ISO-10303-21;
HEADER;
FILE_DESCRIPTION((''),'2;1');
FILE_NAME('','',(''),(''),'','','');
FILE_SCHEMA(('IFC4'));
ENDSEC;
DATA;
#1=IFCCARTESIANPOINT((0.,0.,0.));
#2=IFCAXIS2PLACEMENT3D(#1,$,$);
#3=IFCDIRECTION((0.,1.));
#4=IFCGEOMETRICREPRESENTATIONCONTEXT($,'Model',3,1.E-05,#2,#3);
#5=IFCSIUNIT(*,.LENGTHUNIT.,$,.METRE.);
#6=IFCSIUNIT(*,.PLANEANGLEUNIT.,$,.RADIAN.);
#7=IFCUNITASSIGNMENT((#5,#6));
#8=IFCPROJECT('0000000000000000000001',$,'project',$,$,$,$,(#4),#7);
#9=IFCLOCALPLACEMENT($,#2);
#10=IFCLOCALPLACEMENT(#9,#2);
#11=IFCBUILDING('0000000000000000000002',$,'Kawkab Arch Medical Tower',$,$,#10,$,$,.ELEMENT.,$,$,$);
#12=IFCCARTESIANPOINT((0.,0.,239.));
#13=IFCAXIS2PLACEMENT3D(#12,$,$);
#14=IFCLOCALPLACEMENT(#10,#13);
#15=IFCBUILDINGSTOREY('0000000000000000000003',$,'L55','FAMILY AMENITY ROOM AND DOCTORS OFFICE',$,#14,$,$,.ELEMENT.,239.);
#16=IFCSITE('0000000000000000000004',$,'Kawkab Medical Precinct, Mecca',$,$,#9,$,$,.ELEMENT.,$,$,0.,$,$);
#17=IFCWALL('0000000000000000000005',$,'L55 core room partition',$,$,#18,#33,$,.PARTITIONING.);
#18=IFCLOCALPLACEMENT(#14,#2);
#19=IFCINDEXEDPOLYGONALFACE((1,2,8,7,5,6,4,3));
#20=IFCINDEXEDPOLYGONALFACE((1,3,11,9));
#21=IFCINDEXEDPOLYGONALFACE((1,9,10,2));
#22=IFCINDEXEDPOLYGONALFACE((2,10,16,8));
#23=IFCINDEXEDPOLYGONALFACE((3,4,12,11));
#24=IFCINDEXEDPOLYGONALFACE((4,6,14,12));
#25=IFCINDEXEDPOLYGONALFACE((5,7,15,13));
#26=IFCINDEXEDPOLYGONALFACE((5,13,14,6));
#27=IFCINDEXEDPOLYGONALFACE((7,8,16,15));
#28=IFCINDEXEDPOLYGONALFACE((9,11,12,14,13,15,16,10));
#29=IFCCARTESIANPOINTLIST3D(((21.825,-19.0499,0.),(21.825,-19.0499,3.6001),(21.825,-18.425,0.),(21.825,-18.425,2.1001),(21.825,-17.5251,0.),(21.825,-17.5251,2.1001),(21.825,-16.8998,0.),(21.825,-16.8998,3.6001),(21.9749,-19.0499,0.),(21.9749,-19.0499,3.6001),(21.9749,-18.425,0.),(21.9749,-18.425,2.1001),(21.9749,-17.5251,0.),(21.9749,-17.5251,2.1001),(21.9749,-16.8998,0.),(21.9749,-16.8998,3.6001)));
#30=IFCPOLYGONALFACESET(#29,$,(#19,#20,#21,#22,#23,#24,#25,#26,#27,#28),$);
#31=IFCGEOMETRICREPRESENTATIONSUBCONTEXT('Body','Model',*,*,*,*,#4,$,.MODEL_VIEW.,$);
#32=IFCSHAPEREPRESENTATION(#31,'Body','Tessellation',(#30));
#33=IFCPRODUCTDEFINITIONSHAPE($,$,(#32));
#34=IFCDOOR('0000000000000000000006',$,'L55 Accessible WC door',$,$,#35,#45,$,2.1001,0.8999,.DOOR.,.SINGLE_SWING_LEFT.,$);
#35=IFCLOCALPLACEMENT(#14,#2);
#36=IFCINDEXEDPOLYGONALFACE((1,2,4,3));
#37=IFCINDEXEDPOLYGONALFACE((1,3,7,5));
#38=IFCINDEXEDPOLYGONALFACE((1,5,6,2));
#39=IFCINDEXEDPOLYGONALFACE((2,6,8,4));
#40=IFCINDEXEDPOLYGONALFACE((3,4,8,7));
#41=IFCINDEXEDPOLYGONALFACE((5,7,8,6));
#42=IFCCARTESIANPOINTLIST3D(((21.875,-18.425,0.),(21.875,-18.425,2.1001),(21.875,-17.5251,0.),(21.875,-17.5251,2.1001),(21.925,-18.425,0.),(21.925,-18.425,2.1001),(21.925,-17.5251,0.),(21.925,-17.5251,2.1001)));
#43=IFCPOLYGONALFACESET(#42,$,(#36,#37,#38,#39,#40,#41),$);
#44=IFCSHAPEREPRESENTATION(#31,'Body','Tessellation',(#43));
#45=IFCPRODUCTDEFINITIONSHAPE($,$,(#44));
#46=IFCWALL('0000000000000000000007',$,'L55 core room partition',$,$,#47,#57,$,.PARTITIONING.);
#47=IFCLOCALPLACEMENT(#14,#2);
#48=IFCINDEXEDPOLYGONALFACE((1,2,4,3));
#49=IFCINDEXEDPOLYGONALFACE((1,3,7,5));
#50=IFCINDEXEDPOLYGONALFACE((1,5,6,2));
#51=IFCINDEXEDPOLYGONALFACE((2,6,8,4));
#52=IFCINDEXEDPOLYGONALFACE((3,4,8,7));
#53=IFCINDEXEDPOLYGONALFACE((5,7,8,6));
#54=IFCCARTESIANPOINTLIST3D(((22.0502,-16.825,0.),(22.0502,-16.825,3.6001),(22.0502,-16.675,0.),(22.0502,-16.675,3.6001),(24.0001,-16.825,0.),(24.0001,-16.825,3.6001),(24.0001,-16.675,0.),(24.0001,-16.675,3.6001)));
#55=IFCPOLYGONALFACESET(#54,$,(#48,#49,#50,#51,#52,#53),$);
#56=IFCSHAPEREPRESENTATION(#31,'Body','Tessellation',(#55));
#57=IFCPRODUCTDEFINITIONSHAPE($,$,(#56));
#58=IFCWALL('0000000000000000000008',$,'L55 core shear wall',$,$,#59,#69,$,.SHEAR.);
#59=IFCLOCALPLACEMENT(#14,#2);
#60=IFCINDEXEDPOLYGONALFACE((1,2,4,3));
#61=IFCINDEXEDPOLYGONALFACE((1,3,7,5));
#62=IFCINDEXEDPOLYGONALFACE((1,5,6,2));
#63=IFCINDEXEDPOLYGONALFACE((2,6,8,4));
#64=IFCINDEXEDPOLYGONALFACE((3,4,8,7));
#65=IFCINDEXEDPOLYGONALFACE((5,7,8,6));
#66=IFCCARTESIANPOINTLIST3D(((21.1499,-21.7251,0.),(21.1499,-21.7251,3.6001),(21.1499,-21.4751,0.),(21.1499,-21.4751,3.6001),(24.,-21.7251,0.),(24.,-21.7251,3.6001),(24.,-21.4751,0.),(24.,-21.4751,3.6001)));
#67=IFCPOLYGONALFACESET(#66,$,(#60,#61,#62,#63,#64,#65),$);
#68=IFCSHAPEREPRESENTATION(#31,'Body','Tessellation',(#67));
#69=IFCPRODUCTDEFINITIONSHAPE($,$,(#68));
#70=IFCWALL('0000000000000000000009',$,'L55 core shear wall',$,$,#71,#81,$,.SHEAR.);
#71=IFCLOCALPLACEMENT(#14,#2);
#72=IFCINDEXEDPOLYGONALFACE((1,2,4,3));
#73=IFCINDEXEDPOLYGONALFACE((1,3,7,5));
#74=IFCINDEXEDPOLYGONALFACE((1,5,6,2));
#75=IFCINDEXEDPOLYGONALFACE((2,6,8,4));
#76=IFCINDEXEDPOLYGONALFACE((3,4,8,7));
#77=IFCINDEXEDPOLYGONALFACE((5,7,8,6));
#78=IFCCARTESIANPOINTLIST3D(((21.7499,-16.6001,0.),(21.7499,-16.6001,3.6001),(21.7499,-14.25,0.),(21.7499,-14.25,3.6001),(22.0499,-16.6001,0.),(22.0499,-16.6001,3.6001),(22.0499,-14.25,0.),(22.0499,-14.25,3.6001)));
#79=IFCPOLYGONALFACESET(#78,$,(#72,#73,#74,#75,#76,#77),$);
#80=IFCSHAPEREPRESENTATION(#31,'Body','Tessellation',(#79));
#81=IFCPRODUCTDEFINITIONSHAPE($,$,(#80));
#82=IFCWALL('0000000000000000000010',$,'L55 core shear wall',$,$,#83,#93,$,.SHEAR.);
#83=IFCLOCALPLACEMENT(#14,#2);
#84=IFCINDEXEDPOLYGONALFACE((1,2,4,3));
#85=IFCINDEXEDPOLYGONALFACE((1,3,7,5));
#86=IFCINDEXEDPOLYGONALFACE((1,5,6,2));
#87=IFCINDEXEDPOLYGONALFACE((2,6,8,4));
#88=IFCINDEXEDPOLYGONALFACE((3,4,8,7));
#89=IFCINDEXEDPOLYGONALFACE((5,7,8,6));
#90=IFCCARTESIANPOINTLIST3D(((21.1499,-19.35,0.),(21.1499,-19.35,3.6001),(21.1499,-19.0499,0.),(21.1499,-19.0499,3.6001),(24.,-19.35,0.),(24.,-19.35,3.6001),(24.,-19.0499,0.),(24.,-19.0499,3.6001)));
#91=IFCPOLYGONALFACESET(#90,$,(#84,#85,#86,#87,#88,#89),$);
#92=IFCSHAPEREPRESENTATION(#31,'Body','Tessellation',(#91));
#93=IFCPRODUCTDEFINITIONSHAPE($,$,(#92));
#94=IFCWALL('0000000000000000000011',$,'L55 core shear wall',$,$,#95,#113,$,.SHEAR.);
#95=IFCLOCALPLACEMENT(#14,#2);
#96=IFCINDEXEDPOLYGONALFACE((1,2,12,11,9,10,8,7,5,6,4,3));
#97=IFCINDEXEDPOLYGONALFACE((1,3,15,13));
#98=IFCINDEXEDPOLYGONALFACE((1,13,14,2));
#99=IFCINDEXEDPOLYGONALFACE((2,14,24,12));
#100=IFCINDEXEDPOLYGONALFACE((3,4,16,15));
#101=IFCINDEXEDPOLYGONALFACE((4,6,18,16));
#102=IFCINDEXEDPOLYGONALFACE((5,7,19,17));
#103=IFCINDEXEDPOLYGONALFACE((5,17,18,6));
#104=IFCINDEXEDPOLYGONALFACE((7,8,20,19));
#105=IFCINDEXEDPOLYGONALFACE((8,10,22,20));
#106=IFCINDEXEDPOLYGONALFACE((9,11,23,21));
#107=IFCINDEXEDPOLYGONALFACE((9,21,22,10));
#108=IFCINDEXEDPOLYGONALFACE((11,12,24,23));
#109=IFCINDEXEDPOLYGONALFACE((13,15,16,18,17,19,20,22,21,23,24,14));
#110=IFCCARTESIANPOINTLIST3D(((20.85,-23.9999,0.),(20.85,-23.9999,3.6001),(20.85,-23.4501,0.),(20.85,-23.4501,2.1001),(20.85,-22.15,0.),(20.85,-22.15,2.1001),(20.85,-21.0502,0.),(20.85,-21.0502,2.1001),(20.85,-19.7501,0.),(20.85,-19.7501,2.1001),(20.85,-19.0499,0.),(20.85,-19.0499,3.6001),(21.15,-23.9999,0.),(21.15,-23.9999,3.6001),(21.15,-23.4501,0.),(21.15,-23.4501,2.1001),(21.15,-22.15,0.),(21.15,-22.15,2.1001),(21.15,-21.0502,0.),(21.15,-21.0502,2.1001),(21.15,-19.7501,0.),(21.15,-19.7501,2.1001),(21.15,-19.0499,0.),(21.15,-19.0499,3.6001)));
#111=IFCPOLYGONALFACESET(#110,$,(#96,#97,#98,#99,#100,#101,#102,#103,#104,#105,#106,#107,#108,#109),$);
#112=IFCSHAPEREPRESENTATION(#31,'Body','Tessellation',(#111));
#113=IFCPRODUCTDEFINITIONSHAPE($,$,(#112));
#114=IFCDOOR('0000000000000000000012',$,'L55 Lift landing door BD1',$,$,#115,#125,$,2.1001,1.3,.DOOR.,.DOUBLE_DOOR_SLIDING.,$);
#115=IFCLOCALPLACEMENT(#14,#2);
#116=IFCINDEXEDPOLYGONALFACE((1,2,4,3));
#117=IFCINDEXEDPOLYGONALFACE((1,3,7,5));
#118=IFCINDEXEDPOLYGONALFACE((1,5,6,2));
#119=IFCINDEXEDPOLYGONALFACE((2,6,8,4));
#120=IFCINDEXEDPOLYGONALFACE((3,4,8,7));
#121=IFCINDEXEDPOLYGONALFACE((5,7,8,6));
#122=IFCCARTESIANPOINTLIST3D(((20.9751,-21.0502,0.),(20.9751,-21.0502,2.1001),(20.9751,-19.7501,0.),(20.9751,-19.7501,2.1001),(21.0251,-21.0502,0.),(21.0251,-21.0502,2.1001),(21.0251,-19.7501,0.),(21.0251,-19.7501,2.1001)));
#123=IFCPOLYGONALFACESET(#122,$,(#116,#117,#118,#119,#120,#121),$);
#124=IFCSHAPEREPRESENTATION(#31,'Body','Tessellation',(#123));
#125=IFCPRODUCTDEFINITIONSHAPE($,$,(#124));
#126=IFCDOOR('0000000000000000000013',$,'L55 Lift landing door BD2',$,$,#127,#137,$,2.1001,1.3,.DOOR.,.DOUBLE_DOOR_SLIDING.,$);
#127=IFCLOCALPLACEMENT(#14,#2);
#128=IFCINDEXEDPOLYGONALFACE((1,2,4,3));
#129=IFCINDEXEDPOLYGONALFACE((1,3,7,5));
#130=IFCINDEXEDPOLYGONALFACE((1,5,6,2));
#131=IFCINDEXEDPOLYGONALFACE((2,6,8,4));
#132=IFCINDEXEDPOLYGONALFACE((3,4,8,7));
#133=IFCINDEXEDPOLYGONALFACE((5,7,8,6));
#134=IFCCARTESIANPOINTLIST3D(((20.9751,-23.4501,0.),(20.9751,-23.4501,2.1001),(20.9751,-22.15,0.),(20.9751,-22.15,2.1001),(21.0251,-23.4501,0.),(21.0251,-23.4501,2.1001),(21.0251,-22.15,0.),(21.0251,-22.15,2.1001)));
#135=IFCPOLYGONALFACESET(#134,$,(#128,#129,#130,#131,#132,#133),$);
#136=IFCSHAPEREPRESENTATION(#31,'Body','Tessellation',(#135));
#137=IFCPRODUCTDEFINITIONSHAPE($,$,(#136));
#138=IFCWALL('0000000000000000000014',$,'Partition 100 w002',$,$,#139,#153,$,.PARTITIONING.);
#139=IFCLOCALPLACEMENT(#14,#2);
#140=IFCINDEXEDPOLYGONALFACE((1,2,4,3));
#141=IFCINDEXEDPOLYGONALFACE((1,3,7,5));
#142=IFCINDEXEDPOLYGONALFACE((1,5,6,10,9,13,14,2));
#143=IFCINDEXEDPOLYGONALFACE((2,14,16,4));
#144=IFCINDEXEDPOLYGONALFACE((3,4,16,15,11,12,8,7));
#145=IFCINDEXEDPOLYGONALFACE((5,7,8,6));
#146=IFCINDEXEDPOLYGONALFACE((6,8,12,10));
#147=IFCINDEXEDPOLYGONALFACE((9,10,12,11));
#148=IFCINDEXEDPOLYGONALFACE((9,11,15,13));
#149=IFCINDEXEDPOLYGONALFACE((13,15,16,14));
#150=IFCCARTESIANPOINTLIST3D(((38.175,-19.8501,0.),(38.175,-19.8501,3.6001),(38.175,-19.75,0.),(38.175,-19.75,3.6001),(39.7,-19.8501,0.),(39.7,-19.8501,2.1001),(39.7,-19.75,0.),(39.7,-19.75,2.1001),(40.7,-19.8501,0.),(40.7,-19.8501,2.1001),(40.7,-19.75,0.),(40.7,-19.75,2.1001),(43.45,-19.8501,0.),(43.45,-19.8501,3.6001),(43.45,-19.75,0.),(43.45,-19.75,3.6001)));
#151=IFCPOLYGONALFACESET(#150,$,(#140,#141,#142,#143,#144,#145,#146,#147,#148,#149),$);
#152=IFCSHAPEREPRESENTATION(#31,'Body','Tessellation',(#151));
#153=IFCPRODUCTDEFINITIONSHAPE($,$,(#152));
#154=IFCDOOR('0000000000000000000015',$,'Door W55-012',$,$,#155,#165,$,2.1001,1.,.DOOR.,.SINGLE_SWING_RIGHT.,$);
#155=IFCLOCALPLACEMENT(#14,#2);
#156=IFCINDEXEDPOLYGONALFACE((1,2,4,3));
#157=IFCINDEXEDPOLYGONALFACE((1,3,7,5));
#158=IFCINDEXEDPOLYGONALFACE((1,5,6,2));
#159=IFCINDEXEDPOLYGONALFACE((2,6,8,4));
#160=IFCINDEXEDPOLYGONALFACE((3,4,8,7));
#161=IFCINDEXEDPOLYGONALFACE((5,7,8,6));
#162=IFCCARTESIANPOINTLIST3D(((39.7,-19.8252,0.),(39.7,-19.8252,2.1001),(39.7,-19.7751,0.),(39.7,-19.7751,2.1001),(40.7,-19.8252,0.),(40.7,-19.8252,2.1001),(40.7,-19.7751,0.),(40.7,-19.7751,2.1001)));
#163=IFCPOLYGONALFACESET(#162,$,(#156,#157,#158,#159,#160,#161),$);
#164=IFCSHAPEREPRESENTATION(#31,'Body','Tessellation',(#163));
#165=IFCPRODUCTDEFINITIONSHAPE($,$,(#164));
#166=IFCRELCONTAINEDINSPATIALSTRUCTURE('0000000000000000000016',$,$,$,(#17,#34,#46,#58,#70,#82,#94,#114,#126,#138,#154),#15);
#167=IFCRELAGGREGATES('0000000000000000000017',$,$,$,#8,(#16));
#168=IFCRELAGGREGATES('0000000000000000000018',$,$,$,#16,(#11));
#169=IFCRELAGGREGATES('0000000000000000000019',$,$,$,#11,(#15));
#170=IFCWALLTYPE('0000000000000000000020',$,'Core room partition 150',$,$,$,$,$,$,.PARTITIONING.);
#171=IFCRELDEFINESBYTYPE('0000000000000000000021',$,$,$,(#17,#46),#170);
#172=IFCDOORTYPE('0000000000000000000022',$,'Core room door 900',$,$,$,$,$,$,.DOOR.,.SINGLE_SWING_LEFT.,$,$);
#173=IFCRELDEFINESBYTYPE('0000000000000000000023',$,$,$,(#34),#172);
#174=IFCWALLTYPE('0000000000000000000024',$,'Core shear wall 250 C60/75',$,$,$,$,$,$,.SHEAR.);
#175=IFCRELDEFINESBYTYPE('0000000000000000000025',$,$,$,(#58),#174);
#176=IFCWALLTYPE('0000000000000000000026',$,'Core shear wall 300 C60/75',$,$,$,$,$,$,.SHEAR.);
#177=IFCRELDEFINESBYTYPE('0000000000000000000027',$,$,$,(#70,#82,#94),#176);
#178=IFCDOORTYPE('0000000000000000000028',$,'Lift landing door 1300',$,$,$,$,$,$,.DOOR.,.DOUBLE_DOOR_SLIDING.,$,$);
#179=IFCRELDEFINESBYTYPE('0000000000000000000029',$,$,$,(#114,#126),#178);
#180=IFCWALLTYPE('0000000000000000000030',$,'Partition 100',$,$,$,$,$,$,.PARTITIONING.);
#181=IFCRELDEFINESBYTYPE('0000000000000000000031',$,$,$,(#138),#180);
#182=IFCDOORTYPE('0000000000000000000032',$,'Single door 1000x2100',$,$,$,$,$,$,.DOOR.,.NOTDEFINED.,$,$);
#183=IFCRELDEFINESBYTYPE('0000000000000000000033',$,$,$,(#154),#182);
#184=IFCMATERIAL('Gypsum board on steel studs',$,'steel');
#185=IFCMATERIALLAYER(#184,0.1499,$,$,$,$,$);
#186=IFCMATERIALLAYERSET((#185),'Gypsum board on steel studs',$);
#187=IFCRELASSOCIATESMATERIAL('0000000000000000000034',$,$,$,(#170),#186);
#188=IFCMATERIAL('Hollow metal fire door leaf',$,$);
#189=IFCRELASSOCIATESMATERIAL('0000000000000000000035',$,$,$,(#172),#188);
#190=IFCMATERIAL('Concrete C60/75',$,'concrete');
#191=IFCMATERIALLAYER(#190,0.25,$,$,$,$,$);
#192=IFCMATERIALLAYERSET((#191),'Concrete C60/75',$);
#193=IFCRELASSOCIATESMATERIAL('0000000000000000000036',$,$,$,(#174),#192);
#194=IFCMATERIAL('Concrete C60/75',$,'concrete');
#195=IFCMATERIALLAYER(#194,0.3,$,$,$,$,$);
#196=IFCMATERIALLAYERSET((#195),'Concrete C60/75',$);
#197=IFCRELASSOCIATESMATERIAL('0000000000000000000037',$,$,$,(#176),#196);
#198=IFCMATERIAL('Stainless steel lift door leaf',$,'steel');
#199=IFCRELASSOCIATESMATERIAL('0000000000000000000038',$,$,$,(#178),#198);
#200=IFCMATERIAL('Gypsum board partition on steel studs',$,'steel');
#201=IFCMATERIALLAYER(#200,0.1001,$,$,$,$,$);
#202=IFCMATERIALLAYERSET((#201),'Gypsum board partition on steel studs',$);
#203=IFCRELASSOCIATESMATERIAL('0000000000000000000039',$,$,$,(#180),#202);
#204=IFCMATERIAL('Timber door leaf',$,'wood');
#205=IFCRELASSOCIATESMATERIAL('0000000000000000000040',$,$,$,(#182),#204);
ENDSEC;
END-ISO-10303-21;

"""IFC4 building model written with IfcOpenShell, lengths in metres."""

from ifc_helpers import new_model, si_unit, direction, frame, frame_2d, origin, place, context, subcontext, project, spatial, rectangle, extrude, material, layer, layer_set, type_object, element, fill, save


model = new_model("IFC4")

# Units and contexts
model_context = context("Model", 3, precision=1e-05, world=origin(), true_north=direction((0.0, 1.0)))
body_context = subcontext(model_context, "Body", "Model", "MODEL_VIEW")
ifc_project = project(units=[si_unit("LENGTHUNIT", "METRE"), si_unit("PLANEANGLEUNIT", "RADIAN")], contexts=[model_context])

# Site, building, storey
site_placement = place(None, origin())
site = spatial("IfcSite", under=ifc_project, at=site_placement, Name="Kawkab Medical Precinct, Mecca", CompositionType="ELEMENT", RefElevation=0.0)
building_placement = place(site_placement, origin())
building = spatial("IfcBuilding", under=site, at=building_placement, Name="Kawkab Arch Medical Tower", CompositionType="ELEMENT")
storey_placement = place(building_placement, frame((0.0, 0.0, 239.0)))
storey = spatial("IfcBuildingStorey", under=building, at=storey_placement, Name="L55", Description="FAMILY AMENITY ROOM AND DOCTORS OFFICE", CompositionType="ELEMENT", Elevation=239.0)

# Wall, opening, door
ifc_material_1 = material(Name="Gypsum board on steel studs", Category="steel")
ifc_layer_1 = layer(ifc_material_1, 0.1499)
ifc_layer_set_1 = layer_set([ifc_layer_1], Name="Gypsum board on steel studs")
wall_type_1 = type_object("IfcWallType", Name="Core room partition 150", PredefinedType="PARTITIONING", material=ifc_layer_set_1)
wall_1_placement = place(storey_placement, frame((21.8999, -19.05, 0.0), z_axis=(0.0, 0.0, 1.0), x_axis=(0.0, 1.0, 0.0)))
wall_1 = element("IfcWall", 1, at=wall_1_placement, inside=storey, type_object=wall_type_1, Name="L55 core room partition", PredefinedType="PARTITIONING", context=body_context, shape_type="SweptSolid", body=[
    extrude(rectangle(XDim=2.1501, YDim=0.1499, at=frame_2d((1.0752, 0.0))), origin(), (0.0, 0.0, 1.0), 3.6001),
])
opening_1_placement = place(wall_1_placement, frame((0.625, 0.0, 0.0)))
opening_1 = element("IfcOpeningElement", 2, at=opening_1_placement, cuts=wall_1, PredefinedType="OPENING", context=body_context, shape_type="SweptSolid", body=[
    extrude(rectangle(XDim=0.8999, YDim=2.1001, at=frame_2d((0.45, 1.05))), frame((0.0, 0.085, 0.0), z_axis=(0.0, -1.0, 0.0), x_axis=(1.0, 0.0, 0.0)), (0.0, 0.0, 1.0), 0.1699),
])
ifc_material_2 = material(Name="Hollow metal fire door leaf")
door_type_1 = type_object("IfcDoorType", Name="Core room door 900", OperationType="SINGLE_SWING_LEFT", PredefinedType="DOOR", material=ifc_material_2)
door_1_placement = place(opening_1_placement, origin())
door_1 = element("IfcDoor", 3, at=door_1_placement, inside=storey, type_object=door_type_1, Name="L55 Accessible WC door", OperationType="SINGLE_SWING_LEFT", OverallHeight=2.1001, OverallWidth=0.8999, PredefinedType="DOOR", context=body_context, shape_type="SweptSolid", body=[
    extrude(rectangle(XDim=0.8999, YDim=2.1001, at=frame_2d((0.45, 1.05))), frame((0.0, 0.0249, 0.0), z_axis=(0.0, -1.0, 0.0), x_axis=(1.0, 0.0, 0.0)), (0.0, 0.0, 1.0), 0.05),
])
fill(opening_1, door_1)

# Walls
wall_2_placement = place(storey_placement, frame((22.05, -16.75, 0.0), z_axis=(0.0, 0.0, 1.0), x_axis=(1.0, 0.0, 0.0)))
element("IfcWall", 4, at=wall_2_placement, inside=storey, type_object=wall_type_1, Name="L55 core room partition", PredefinedType="PARTITIONING", context=body_context, shape_type="SweptSolid", body=[
    extrude(rectangle(XDim=1.95, YDim=0.1499, at=frame_2d((0.9751, 0.0))), origin(), (0.0, 0.0, 1.0), 3.6001),
])
ifc_material_3 = material(Name="Concrete C60/75", Category="concrete")
ifc_layer_2 = layer(ifc_material_3, 0.25)
ifc_layer_set_2 = layer_set([ifc_layer_2], Name="Concrete C60/75")
wall_type_2 = type_object("IfcWallType", Name="Core shear wall 250 C60/75", PredefinedType="SHEAR", material=ifc_layer_set_2)
wall_3_placement = place(storey_placement, frame((21.1499, -21.6001, 0.0), z_axis=(0.0, 0.0, 1.0), x_axis=(1.0, 0.0, 0.0)))
element("IfcWall", 5, at=wall_3_placement, inside=storey, type_object=wall_type_2, Name="L55 core shear wall", PredefinedType="SHEAR", context=body_context, shape_type="SweptSolid", body=[
    extrude(rectangle(XDim=2.8501, YDim=0.25, at=frame_2d((1.425, 0.0))), origin(), (0.0, 0.0, 1.0), 3.6001),
])
ifc_material_4 = material(Name="Concrete C60/75", Category="concrete")
ifc_layer_3 = layer(ifc_material_4, 0.3)
ifc_layer_set_3 = layer_set([ifc_layer_3], Name="Concrete C60/75")
wall_type_3 = type_object("IfcWallType", Name="Core shear wall 300 C60/75", PredefinedType="SHEAR", material=ifc_layer_set_3)
wall_4_placement = place(storey_placement, frame((21.8999, -16.6001, 0.0), z_axis=(0.0, 0.0, 1.0), x_axis=(0.0, 1.0, 0.0)))
element("IfcWall", 6, at=wall_4_placement, inside=storey, type_object=wall_type_3, Name="L55 core shear wall", PredefinedType="SHEAR", context=body_context, shape_type="SweptSolid", body=[
    extrude(rectangle(XDim=2.3501, YDim=0.3, at=frame_2d((1.175, 0.0))), origin(), (0.0, 0.0, 1.0), 3.6001),
])
wall_5_placement = place(storey_placement, frame((21.1499, -19.2, 0.0), z_axis=(0.0, 0.0, 1.0), x_axis=(1.0, 0.0, 0.0)))
element("IfcWall", 7, at=wall_5_placement, inside=storey, type_object=wall_type_3, Name="L55 core shear wall", PredefinedType="SHEAR", context=body_context, shape_type="SweptSolid", body=[
    extrude(rectangle(XDim=2.8501, YDim=0.3, at=frame_2d((1.425, 0.0))), origin(), (0.0, 0.0, 1.0), 3.6001),
])

# Wall, openings, doors
wall_6_placement = place(storey_placement, frame((21.0, -24.0, 0.0), z_axis=(0.0, 0.0, 1.0), x_axis=(0.0, 1.0, 0.0)))
wall_6 = element("IfcWall", 8, at=wall_6_placement, inside=storey, type_object=wall_type_3, Name="L55 core shear wall", PredefinedType="SHEAR", context=body_context, shape_type="SweptSolid", body=[
    extrude(rectangle(XDim=4.95, YDim=0.3, at=frame_2d((2.4751, 0.0))), origin(), (0.0, 0.0, 1.0), 3.6001),
])
opening_2_placement = place(wall_6_placement, frame((2.95, 0.0, 0.0)))
opening_2 = element("IfcOpeningElement", 9, at=opening_2_placement, cuts=wall_6, PredefinedType="OPENING", context=body_context, shape_type="SweptSolid", body=[
    extrude(rectangle(XDim=1.3, YDim=2.1001, at=frame_2d((0.6499, 1.05))), frame((0.0, 0.1599, 0.0), z_axis=(0.0, -1.0, 0.0), x_axis=(1.0, 0.0, 0.0)), (0.0, 0.0, 1.0), 0.3201),
])
opening_3_placement = place(wall_6_placement, frame((0.55, 0.0, 0.0)))
opening_3 = element("IfcOpeningElement", 10, at=opening_3_placement, cuts=wall_6, PredefinedType="OPENING", context=body_context, shape_type="SweptSolid", body=[
    extrude(rectangle(XDim=1.3, YDim=2.1001, at=frame_2d((0.6499, 1.05))), frame((0.0, 0.1599, 0.0), z_axis=(0.0, -1.0, 0.0), x_axis=(1.0, 0.0, 0.0)), (0.0, 0.0, 1.0), 0.3201),
])
ifc_material_5 = material(Name="Stainless steel lift door leaf", Category="steel")
door_type_2 = type_object("IfcDoorType", Name="Lift landing door 1300", OperationType="DOUBLE_DOOR_SLIDING", PredefinedType="DOOR", material=ifc_material_5)
door_2_placement = place(opening_2_placement, origin())
door_2 = element("IfcDoor", 11, at=door_2_placement, inside=storey, type_object=door_type_2, Name="L55 Lift landing door BD1", OperationType="DOUBLE_DOOR_SLIDING", OverallHeight=2.1001, OverallWidth=1.3, PredefinedType="DOOR", context=body_context, shape_type="SweptSolid", body=[
    extrude(rectangle(XDim=1.3, YDim=2.1001, at=frame_2d((0.6499, 1.05))), frame((0.0, 0.0249, 0.0), z_axis=(0.0, -1.0, 0.0), x_axis=(1.0, 0.0, 0.0)), (0.0, 0.0, 1.0), 0.05),
])
fill(opening_2, door_2)
door_3_placement = place(opening_3_placement, origin())
door_3 = element("IfcDoor", 12, at=door_3_placement, inside=storey, type_object=door_type_2, Name="L55 Lift landing door BD2", OperationType="DOUBLE_DOOR_SLIDING", OverallHeight=2.1001, OverallWidth=1.3, PredefinedType="DOOR", context=body_context, shape_type="SweptSolid", body=[
    extrude(rectangle(XDim=1.3, YDim=2.1001, at=frame_2d((0.6499, 1.05))), frame((0.0, 0.0249, 0.0), z_axis=(0.0, -1.0, 0.0), x_axis=(1.0, 0.0, 0.0)), (0.0, 0.0, 1.0), 0.05),
])
fill(opening_3, door_3)

# Wall, opening, door
ifc_material_6 = material(Name="Gypsum board partition on steel studs", Category="steel")
ifc_layer_4 = layer(ifc_material_6, 0.1001)
ifc_layer_set_4 = layer_set([ifc_layer_4], Name="Gypsum board partition on steel studs")
wall_type_4 = type_object("IfcWallType", Name="Partition 100", PredefinedType="PARTITIONING", material=ifc_layer_set_4)
wall_7_placement = place(storey_placement, frame((38.175, -19.8, 0.0), z_axis=(0.0, 0.0, 1.0), x_axis=(1.0, 0.0, 0.0)))
wall_7 = element("IfcWall", 13, at=wall_7_placement, inside=storey, type_object=wall_type_4, Name="Partition 100 w002", PredefinedType="PARTITIONING", context=body_context, shape_type="SweptSolid", body=[
    extrude(rectangle(XDim=5.2749, YDim=0.1001, at=frame_2d((2.6375, 0.0))), origin(), (0.0, 0.0, 1.0), 3.6001),
])
opening_4_placement = place(wall_7_placement, frame((1.5249, 0.0, 0.0)))
opening_4 = element("IfcOpeningElement", 14, at=opening_4_placement, cuts=wall_7, PredefinedType="OPENING", context=body_context, shape_type="SweptSolid", body=[
    extrude(rectangle(XDim=1.0, YDim=2.1001, at=frame_2d((0.5, 1.05))), frame((0.0, 0.0601, 0.0), z_axis=(0.0, -1.0, 0.0), x_axis=(1.0, 0.0, 0.0)), (0.0, 0.0, 1.0), 0.1201),
])
ifc_material_7 = material(Name="Timber door leaf", Category="wood")
door_type_3 = type_object("IfcDoorType", Name="Single door 1000x2100", OperationType="NOTDEFINED", PredefinedType="DOOR", material=ifc_material_7)
door_4_placement = place(opening_4_placement, origin())
door_4 = element("IfcDoor", 15, at=door_4_placement, inside=storey, type_object=door_type_3, Name="Door W55-012", OperationType="SINGLE_SWING_RIGHT", OverallHeight=2.1001, OverallWidth=1.0, PredefinedType="DOOR", context=body_context, shape_type="SweptSolid", body=[
    extrude(rectangle(XDim=1.0, YDim=2.1001, at=frame_2d((0.5, 1.05))), frame((0.0, 0.0249, 0.0), z_axis=(0.0, -1.0, 0.0), x_axis=(1.0, 0.0, 0.0)), (0.0, 0.0, 1.0), 0.05),
])
fill(opening_4, door_4)

save(model, "model.ifc")
